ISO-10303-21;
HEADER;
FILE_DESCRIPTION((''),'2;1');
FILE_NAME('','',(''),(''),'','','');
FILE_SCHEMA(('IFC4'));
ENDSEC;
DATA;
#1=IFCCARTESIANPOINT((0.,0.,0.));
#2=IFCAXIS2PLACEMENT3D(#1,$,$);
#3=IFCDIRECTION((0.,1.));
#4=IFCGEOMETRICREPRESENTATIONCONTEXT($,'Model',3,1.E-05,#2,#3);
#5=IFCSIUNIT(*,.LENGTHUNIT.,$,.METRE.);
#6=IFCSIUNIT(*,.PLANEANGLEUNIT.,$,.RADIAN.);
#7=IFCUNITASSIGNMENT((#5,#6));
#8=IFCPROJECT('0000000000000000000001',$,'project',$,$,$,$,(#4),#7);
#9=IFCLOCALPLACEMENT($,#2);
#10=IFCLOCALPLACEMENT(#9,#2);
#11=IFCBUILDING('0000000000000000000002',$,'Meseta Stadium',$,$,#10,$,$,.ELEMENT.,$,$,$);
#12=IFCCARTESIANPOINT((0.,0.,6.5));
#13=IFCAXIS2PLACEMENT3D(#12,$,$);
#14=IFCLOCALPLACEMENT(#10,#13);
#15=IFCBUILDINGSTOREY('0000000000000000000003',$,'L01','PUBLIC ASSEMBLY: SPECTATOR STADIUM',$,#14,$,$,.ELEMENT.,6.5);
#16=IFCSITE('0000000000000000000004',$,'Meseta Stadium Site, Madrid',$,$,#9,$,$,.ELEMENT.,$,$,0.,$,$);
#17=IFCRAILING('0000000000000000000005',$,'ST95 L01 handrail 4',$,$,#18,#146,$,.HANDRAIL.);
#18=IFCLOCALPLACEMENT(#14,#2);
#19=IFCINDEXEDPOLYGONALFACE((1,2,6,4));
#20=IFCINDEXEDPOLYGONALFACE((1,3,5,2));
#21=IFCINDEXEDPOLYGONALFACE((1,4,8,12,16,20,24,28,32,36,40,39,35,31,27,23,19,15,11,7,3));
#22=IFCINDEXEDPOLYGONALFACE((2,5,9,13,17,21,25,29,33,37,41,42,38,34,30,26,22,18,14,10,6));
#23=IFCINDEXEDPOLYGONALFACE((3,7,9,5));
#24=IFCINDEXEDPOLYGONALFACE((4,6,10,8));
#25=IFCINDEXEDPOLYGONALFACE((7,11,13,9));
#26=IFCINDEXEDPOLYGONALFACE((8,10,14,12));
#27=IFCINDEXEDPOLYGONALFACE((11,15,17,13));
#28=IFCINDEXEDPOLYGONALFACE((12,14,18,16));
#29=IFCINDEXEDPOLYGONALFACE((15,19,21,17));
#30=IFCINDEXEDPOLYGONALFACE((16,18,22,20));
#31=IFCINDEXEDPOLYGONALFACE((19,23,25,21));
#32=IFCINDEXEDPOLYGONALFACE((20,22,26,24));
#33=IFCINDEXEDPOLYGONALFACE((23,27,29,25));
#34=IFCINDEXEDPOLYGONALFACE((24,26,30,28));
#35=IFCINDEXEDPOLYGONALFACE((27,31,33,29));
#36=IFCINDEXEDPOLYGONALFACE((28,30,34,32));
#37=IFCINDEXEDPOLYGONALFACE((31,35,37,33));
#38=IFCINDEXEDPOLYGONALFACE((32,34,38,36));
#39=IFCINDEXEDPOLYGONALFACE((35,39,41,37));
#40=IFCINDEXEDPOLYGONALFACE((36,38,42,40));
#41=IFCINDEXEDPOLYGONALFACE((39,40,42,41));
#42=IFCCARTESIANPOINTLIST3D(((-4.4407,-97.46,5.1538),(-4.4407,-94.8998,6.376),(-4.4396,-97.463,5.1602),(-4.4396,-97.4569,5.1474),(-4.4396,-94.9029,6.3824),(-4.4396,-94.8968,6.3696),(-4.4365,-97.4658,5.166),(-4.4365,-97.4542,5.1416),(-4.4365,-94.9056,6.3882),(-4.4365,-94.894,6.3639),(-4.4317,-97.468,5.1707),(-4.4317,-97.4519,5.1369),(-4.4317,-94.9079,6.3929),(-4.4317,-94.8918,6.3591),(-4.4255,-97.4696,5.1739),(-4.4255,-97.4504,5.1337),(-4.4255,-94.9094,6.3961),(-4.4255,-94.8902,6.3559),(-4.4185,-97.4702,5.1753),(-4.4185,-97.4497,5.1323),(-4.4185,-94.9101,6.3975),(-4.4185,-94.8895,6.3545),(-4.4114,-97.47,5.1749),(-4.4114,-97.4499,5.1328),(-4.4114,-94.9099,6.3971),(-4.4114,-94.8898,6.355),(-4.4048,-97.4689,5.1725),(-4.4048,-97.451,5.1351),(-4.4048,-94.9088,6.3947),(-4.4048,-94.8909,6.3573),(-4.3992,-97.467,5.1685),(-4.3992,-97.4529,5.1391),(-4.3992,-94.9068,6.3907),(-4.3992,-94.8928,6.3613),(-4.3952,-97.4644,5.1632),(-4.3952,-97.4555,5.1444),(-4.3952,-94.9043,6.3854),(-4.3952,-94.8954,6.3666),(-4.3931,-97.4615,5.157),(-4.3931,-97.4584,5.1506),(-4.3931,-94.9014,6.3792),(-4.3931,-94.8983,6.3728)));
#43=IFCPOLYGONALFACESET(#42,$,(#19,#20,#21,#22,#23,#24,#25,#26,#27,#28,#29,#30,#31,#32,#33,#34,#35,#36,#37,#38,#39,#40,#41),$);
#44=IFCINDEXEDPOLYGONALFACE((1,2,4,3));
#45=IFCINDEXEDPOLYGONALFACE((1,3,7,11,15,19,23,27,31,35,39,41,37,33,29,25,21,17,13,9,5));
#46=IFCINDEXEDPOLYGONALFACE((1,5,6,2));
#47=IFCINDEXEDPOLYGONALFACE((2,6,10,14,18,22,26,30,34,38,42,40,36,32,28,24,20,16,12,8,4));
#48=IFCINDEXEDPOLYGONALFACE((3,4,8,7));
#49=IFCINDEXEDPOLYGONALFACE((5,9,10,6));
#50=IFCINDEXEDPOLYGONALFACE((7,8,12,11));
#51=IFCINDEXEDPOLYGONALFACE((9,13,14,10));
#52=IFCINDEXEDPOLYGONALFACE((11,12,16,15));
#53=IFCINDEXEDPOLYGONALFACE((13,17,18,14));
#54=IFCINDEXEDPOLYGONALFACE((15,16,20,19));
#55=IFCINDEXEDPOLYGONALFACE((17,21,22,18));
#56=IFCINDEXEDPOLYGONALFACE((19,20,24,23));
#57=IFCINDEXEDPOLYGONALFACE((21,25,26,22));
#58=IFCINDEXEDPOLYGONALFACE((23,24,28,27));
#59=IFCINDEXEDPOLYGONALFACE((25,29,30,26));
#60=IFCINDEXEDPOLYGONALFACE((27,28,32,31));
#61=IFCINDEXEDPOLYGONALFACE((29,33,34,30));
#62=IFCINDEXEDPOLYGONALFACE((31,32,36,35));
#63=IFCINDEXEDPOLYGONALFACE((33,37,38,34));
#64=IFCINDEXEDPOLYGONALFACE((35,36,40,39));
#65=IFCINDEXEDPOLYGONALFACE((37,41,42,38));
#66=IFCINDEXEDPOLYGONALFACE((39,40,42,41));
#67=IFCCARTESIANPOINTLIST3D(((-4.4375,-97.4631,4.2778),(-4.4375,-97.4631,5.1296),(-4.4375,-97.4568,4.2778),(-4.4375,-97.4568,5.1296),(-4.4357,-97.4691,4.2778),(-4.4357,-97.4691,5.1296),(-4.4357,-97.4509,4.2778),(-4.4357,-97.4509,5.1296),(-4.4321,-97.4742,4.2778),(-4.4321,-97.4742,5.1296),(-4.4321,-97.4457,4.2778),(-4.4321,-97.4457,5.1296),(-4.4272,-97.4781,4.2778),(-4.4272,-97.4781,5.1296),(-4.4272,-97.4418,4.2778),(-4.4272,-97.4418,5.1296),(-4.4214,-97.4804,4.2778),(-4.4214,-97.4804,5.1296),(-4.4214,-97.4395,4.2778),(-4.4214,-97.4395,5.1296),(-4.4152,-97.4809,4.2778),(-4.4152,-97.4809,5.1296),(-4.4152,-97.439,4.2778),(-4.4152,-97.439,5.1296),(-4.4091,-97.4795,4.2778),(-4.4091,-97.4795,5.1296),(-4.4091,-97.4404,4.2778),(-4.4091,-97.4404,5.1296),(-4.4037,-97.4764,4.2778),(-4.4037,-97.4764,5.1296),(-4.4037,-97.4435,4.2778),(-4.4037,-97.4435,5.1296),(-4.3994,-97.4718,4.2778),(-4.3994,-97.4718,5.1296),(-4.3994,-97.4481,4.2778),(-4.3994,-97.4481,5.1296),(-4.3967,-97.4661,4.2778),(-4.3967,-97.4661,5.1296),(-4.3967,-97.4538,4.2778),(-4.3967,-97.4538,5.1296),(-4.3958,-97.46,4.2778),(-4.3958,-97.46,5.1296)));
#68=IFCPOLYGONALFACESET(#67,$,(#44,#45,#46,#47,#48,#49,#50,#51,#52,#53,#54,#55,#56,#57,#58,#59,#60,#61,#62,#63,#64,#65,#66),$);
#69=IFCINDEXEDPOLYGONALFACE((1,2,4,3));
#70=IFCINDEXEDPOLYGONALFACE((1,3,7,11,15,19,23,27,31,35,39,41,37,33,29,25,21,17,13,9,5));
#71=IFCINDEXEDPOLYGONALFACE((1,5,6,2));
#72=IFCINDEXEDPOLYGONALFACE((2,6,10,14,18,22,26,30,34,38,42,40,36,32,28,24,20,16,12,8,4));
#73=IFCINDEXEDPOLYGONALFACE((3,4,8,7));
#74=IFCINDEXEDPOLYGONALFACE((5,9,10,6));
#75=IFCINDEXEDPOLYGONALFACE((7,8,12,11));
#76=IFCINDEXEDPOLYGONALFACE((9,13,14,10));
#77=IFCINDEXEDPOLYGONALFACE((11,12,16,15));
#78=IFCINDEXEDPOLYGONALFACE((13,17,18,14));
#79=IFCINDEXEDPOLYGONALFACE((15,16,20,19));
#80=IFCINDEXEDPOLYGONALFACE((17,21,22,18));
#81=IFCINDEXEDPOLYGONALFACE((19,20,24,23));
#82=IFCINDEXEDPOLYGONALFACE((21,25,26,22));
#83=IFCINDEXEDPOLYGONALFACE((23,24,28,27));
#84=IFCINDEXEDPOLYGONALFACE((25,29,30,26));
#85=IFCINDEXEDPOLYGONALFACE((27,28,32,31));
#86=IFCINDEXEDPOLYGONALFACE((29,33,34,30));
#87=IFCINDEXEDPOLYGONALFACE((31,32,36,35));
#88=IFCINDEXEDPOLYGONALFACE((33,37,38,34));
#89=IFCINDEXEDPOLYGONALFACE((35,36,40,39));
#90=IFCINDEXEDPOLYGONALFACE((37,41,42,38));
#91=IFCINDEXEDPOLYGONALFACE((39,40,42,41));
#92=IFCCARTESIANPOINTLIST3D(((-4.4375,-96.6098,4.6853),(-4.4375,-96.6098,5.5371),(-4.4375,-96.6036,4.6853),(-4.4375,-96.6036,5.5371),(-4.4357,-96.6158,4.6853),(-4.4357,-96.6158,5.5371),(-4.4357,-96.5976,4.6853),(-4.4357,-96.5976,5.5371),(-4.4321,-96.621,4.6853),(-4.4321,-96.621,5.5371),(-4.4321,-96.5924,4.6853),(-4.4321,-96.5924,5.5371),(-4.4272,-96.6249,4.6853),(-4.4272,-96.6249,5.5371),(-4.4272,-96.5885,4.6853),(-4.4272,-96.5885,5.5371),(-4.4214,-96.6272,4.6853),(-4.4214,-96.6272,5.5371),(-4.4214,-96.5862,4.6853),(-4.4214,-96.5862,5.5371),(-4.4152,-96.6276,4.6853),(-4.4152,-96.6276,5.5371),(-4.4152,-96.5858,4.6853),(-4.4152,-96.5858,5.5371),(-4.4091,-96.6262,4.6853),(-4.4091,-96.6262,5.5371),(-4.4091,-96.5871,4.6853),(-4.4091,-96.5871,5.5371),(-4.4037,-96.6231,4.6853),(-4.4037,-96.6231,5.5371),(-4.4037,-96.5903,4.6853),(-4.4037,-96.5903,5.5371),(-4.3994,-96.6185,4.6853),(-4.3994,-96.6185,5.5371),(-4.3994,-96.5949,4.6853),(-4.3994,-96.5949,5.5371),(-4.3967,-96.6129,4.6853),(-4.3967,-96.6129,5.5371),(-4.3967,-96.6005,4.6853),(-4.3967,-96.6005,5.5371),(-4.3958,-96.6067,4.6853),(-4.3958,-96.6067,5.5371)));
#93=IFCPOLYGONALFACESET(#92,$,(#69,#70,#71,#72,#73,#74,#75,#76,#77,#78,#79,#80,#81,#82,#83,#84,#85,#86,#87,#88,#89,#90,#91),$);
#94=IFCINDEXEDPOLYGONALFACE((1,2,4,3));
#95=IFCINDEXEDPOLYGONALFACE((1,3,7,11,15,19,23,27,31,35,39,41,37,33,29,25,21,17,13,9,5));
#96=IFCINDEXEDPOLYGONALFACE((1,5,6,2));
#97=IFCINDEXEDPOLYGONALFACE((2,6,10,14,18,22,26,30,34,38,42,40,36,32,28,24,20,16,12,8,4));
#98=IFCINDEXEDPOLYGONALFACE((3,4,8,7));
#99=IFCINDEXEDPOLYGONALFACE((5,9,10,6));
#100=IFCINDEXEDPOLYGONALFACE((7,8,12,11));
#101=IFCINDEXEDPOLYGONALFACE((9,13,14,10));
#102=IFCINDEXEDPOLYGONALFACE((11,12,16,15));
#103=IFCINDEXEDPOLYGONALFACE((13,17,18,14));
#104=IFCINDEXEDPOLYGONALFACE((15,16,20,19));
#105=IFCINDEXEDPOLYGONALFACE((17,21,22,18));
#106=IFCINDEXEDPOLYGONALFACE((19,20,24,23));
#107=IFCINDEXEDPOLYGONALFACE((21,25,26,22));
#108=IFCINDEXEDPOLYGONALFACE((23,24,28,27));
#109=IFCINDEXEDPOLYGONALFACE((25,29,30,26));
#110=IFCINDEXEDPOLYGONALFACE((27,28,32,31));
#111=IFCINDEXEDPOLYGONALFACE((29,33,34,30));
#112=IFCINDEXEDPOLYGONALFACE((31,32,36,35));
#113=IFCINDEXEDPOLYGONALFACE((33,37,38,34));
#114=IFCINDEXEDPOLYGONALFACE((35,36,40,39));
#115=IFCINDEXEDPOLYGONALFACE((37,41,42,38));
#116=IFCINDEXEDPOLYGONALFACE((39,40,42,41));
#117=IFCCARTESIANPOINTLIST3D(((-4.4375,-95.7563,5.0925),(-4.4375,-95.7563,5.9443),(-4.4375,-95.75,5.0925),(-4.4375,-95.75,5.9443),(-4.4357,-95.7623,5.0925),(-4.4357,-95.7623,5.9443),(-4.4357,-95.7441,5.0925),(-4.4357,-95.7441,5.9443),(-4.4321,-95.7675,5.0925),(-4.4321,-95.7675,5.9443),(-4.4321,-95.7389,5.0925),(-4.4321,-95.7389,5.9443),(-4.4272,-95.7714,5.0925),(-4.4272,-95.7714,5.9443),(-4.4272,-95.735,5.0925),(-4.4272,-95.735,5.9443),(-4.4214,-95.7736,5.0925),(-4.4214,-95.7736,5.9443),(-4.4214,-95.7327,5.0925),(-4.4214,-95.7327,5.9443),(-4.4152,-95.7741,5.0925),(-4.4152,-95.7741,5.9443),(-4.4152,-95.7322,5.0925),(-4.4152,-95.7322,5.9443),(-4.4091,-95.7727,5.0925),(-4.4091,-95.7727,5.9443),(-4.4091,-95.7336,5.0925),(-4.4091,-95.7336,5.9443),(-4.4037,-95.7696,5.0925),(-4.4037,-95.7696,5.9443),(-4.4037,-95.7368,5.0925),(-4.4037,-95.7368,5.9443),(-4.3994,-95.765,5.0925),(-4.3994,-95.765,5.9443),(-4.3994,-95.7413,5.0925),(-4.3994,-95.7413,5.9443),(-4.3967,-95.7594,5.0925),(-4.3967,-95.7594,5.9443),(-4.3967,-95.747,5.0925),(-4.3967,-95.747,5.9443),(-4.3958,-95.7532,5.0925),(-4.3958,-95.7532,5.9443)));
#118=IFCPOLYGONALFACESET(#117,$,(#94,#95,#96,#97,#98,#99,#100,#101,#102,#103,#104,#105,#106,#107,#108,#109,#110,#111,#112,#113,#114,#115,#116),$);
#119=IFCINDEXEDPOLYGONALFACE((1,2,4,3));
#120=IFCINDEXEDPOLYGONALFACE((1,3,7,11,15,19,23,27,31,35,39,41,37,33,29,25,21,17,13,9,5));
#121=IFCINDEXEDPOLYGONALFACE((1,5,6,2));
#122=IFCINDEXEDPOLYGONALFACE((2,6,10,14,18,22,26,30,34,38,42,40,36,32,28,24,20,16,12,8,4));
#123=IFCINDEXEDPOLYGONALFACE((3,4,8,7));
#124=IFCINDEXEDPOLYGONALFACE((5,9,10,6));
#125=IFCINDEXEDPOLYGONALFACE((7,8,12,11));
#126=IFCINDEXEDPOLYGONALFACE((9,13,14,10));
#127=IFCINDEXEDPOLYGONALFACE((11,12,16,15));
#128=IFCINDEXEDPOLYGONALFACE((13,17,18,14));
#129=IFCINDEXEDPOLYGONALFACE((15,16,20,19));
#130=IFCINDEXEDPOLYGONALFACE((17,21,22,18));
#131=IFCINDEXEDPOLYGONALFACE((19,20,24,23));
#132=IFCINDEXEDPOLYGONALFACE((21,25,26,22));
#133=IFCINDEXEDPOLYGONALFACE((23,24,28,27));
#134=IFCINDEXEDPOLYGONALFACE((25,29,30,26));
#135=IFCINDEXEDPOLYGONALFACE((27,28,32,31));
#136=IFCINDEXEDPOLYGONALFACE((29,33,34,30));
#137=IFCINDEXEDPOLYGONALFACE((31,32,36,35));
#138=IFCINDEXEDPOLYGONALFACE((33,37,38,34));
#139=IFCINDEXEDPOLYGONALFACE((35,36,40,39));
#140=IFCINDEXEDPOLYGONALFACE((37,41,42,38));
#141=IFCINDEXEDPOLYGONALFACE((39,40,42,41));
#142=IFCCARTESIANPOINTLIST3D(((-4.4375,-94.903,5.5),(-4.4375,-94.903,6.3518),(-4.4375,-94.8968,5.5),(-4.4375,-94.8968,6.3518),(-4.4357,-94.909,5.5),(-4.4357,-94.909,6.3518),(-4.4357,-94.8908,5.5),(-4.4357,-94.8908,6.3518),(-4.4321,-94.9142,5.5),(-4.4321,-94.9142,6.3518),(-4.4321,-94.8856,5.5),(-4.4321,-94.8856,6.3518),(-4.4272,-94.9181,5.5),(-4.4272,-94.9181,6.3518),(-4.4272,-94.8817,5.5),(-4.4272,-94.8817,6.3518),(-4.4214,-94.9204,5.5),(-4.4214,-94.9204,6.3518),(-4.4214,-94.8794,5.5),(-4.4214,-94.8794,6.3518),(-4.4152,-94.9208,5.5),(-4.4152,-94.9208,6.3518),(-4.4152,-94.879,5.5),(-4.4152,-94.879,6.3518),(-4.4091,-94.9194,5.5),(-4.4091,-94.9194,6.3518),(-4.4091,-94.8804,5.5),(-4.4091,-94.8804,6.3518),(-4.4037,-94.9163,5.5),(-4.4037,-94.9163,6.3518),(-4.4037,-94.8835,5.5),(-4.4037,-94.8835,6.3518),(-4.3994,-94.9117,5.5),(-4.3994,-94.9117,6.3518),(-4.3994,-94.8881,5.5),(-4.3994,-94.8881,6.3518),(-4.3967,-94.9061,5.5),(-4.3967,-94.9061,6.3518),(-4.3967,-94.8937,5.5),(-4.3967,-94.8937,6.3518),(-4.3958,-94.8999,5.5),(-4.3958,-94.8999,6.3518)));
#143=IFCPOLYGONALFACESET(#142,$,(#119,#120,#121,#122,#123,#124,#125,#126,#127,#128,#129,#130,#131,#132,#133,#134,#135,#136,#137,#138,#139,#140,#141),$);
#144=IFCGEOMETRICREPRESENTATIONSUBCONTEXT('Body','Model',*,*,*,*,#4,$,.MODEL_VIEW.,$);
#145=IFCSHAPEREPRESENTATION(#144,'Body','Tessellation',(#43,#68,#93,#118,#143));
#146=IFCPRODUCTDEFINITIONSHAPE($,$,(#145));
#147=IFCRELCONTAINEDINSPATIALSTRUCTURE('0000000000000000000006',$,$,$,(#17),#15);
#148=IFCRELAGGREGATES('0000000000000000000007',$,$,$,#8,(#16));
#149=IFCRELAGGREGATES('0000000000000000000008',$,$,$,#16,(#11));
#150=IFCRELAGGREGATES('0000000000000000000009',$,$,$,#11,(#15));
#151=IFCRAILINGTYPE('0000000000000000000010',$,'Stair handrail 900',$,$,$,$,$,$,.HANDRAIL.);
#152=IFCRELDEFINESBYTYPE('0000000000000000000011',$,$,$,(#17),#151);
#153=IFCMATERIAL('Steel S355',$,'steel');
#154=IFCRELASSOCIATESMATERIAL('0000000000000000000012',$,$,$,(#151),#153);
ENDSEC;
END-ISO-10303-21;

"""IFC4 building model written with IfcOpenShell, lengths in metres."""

from ifc_helpers import new_model, si_unit, direction, frame, origin, origin_2d, place, context, subcontext, project, spatial, circle, extrude, material, type_object, element, save


model = new_model("IFC4")

# Units and contexts
model_context = context("Model", 3, precision=1e-05, world=origin(), true_north=direction((0.0, 1.0)))
body_context = subcontext(model_context, "Body", "Model", "MODEL_VIEW")
ifc_project = project(units=[si_unit("LENGTHUNIT", "METRE"), si_unit("PLANEANGLEUNIT", "RADIAN")], contexts=[model_context])

# Site, building, storey
site_placement = place(None, origin())
site = spatial("IfcSite", under=ifc_project, at=site_placement, Name="Meseta Stadium Site, Madrid", CompositionType="ELEMENT", RefElevation=0.0)
building_placement = place(site_placement, origin())
building = spatial("IfcBuilding", under=site, at=building_placement, Name="Meseta Stadium", CompositionType="ELEMENT")
storey_placement = place(building_placement, frame((0.0, 0.0, 6.5)))
storey = spatial("IfcBuildingStorey", under=building, at=storey_placement, Name="L01", Description="PUBLIC ASSEMBLY: SPECTATOR STADIUM", CompositionType="ELEMENT", Elevation=6.5)

# Railing
ifc_material_1 = material(Name="Steel S355", Category="steel")
railing_type_1 = type_object("IfcRailingType", Name="Stair handrail 900", PredefinedType="HANDRAIL", material=ifc_material_1)
railing_1_placement = place(storey_placement, frame((-4.4167, -97.46, 4.2778)))
element("IfcRailing", 1, at=railing_1_placement, inside=storey, type_object=railing_type_1, Name="ST95 L01 handrail 4", PredefinedType="HANDRAIL", context=body_context, shape_type="SweptSolid", body=[
    extrude(circle(Radius=0.0239, at=origin_2d()), frame((0.0, 0.0, 0.876), z_axis=(0.0, 0.902437, 0.430822), x_axis=(-1.0, 0.0, 0.0)), (0.0, 0.0, 1.0), 2.8369),
    extrude(circle(Radius=0.021, at=origin_2d()), origin(), (0.0, 0.0, 1.0), 0.8518),
    extrude(circle(Radius=0.021, at=origin_2d()), frame((0.0, 0.8533, 0.4075)), (0.0, 0.0, 1.0), 0.8518),
    extrude(circle(Radius=0.021, at=origin_2d()), frame((0.0, 1.7068, 0.8147)), (0.0, 0.0, 1.0), 0.8518),
    extrude(circle(Radius=0.021, at=origin_2d()), frame((0.0, 2.5601, 1.2222)), (0.0, 0.0, 1.0), 0.8518),
])

save(model, "model.ifc")
